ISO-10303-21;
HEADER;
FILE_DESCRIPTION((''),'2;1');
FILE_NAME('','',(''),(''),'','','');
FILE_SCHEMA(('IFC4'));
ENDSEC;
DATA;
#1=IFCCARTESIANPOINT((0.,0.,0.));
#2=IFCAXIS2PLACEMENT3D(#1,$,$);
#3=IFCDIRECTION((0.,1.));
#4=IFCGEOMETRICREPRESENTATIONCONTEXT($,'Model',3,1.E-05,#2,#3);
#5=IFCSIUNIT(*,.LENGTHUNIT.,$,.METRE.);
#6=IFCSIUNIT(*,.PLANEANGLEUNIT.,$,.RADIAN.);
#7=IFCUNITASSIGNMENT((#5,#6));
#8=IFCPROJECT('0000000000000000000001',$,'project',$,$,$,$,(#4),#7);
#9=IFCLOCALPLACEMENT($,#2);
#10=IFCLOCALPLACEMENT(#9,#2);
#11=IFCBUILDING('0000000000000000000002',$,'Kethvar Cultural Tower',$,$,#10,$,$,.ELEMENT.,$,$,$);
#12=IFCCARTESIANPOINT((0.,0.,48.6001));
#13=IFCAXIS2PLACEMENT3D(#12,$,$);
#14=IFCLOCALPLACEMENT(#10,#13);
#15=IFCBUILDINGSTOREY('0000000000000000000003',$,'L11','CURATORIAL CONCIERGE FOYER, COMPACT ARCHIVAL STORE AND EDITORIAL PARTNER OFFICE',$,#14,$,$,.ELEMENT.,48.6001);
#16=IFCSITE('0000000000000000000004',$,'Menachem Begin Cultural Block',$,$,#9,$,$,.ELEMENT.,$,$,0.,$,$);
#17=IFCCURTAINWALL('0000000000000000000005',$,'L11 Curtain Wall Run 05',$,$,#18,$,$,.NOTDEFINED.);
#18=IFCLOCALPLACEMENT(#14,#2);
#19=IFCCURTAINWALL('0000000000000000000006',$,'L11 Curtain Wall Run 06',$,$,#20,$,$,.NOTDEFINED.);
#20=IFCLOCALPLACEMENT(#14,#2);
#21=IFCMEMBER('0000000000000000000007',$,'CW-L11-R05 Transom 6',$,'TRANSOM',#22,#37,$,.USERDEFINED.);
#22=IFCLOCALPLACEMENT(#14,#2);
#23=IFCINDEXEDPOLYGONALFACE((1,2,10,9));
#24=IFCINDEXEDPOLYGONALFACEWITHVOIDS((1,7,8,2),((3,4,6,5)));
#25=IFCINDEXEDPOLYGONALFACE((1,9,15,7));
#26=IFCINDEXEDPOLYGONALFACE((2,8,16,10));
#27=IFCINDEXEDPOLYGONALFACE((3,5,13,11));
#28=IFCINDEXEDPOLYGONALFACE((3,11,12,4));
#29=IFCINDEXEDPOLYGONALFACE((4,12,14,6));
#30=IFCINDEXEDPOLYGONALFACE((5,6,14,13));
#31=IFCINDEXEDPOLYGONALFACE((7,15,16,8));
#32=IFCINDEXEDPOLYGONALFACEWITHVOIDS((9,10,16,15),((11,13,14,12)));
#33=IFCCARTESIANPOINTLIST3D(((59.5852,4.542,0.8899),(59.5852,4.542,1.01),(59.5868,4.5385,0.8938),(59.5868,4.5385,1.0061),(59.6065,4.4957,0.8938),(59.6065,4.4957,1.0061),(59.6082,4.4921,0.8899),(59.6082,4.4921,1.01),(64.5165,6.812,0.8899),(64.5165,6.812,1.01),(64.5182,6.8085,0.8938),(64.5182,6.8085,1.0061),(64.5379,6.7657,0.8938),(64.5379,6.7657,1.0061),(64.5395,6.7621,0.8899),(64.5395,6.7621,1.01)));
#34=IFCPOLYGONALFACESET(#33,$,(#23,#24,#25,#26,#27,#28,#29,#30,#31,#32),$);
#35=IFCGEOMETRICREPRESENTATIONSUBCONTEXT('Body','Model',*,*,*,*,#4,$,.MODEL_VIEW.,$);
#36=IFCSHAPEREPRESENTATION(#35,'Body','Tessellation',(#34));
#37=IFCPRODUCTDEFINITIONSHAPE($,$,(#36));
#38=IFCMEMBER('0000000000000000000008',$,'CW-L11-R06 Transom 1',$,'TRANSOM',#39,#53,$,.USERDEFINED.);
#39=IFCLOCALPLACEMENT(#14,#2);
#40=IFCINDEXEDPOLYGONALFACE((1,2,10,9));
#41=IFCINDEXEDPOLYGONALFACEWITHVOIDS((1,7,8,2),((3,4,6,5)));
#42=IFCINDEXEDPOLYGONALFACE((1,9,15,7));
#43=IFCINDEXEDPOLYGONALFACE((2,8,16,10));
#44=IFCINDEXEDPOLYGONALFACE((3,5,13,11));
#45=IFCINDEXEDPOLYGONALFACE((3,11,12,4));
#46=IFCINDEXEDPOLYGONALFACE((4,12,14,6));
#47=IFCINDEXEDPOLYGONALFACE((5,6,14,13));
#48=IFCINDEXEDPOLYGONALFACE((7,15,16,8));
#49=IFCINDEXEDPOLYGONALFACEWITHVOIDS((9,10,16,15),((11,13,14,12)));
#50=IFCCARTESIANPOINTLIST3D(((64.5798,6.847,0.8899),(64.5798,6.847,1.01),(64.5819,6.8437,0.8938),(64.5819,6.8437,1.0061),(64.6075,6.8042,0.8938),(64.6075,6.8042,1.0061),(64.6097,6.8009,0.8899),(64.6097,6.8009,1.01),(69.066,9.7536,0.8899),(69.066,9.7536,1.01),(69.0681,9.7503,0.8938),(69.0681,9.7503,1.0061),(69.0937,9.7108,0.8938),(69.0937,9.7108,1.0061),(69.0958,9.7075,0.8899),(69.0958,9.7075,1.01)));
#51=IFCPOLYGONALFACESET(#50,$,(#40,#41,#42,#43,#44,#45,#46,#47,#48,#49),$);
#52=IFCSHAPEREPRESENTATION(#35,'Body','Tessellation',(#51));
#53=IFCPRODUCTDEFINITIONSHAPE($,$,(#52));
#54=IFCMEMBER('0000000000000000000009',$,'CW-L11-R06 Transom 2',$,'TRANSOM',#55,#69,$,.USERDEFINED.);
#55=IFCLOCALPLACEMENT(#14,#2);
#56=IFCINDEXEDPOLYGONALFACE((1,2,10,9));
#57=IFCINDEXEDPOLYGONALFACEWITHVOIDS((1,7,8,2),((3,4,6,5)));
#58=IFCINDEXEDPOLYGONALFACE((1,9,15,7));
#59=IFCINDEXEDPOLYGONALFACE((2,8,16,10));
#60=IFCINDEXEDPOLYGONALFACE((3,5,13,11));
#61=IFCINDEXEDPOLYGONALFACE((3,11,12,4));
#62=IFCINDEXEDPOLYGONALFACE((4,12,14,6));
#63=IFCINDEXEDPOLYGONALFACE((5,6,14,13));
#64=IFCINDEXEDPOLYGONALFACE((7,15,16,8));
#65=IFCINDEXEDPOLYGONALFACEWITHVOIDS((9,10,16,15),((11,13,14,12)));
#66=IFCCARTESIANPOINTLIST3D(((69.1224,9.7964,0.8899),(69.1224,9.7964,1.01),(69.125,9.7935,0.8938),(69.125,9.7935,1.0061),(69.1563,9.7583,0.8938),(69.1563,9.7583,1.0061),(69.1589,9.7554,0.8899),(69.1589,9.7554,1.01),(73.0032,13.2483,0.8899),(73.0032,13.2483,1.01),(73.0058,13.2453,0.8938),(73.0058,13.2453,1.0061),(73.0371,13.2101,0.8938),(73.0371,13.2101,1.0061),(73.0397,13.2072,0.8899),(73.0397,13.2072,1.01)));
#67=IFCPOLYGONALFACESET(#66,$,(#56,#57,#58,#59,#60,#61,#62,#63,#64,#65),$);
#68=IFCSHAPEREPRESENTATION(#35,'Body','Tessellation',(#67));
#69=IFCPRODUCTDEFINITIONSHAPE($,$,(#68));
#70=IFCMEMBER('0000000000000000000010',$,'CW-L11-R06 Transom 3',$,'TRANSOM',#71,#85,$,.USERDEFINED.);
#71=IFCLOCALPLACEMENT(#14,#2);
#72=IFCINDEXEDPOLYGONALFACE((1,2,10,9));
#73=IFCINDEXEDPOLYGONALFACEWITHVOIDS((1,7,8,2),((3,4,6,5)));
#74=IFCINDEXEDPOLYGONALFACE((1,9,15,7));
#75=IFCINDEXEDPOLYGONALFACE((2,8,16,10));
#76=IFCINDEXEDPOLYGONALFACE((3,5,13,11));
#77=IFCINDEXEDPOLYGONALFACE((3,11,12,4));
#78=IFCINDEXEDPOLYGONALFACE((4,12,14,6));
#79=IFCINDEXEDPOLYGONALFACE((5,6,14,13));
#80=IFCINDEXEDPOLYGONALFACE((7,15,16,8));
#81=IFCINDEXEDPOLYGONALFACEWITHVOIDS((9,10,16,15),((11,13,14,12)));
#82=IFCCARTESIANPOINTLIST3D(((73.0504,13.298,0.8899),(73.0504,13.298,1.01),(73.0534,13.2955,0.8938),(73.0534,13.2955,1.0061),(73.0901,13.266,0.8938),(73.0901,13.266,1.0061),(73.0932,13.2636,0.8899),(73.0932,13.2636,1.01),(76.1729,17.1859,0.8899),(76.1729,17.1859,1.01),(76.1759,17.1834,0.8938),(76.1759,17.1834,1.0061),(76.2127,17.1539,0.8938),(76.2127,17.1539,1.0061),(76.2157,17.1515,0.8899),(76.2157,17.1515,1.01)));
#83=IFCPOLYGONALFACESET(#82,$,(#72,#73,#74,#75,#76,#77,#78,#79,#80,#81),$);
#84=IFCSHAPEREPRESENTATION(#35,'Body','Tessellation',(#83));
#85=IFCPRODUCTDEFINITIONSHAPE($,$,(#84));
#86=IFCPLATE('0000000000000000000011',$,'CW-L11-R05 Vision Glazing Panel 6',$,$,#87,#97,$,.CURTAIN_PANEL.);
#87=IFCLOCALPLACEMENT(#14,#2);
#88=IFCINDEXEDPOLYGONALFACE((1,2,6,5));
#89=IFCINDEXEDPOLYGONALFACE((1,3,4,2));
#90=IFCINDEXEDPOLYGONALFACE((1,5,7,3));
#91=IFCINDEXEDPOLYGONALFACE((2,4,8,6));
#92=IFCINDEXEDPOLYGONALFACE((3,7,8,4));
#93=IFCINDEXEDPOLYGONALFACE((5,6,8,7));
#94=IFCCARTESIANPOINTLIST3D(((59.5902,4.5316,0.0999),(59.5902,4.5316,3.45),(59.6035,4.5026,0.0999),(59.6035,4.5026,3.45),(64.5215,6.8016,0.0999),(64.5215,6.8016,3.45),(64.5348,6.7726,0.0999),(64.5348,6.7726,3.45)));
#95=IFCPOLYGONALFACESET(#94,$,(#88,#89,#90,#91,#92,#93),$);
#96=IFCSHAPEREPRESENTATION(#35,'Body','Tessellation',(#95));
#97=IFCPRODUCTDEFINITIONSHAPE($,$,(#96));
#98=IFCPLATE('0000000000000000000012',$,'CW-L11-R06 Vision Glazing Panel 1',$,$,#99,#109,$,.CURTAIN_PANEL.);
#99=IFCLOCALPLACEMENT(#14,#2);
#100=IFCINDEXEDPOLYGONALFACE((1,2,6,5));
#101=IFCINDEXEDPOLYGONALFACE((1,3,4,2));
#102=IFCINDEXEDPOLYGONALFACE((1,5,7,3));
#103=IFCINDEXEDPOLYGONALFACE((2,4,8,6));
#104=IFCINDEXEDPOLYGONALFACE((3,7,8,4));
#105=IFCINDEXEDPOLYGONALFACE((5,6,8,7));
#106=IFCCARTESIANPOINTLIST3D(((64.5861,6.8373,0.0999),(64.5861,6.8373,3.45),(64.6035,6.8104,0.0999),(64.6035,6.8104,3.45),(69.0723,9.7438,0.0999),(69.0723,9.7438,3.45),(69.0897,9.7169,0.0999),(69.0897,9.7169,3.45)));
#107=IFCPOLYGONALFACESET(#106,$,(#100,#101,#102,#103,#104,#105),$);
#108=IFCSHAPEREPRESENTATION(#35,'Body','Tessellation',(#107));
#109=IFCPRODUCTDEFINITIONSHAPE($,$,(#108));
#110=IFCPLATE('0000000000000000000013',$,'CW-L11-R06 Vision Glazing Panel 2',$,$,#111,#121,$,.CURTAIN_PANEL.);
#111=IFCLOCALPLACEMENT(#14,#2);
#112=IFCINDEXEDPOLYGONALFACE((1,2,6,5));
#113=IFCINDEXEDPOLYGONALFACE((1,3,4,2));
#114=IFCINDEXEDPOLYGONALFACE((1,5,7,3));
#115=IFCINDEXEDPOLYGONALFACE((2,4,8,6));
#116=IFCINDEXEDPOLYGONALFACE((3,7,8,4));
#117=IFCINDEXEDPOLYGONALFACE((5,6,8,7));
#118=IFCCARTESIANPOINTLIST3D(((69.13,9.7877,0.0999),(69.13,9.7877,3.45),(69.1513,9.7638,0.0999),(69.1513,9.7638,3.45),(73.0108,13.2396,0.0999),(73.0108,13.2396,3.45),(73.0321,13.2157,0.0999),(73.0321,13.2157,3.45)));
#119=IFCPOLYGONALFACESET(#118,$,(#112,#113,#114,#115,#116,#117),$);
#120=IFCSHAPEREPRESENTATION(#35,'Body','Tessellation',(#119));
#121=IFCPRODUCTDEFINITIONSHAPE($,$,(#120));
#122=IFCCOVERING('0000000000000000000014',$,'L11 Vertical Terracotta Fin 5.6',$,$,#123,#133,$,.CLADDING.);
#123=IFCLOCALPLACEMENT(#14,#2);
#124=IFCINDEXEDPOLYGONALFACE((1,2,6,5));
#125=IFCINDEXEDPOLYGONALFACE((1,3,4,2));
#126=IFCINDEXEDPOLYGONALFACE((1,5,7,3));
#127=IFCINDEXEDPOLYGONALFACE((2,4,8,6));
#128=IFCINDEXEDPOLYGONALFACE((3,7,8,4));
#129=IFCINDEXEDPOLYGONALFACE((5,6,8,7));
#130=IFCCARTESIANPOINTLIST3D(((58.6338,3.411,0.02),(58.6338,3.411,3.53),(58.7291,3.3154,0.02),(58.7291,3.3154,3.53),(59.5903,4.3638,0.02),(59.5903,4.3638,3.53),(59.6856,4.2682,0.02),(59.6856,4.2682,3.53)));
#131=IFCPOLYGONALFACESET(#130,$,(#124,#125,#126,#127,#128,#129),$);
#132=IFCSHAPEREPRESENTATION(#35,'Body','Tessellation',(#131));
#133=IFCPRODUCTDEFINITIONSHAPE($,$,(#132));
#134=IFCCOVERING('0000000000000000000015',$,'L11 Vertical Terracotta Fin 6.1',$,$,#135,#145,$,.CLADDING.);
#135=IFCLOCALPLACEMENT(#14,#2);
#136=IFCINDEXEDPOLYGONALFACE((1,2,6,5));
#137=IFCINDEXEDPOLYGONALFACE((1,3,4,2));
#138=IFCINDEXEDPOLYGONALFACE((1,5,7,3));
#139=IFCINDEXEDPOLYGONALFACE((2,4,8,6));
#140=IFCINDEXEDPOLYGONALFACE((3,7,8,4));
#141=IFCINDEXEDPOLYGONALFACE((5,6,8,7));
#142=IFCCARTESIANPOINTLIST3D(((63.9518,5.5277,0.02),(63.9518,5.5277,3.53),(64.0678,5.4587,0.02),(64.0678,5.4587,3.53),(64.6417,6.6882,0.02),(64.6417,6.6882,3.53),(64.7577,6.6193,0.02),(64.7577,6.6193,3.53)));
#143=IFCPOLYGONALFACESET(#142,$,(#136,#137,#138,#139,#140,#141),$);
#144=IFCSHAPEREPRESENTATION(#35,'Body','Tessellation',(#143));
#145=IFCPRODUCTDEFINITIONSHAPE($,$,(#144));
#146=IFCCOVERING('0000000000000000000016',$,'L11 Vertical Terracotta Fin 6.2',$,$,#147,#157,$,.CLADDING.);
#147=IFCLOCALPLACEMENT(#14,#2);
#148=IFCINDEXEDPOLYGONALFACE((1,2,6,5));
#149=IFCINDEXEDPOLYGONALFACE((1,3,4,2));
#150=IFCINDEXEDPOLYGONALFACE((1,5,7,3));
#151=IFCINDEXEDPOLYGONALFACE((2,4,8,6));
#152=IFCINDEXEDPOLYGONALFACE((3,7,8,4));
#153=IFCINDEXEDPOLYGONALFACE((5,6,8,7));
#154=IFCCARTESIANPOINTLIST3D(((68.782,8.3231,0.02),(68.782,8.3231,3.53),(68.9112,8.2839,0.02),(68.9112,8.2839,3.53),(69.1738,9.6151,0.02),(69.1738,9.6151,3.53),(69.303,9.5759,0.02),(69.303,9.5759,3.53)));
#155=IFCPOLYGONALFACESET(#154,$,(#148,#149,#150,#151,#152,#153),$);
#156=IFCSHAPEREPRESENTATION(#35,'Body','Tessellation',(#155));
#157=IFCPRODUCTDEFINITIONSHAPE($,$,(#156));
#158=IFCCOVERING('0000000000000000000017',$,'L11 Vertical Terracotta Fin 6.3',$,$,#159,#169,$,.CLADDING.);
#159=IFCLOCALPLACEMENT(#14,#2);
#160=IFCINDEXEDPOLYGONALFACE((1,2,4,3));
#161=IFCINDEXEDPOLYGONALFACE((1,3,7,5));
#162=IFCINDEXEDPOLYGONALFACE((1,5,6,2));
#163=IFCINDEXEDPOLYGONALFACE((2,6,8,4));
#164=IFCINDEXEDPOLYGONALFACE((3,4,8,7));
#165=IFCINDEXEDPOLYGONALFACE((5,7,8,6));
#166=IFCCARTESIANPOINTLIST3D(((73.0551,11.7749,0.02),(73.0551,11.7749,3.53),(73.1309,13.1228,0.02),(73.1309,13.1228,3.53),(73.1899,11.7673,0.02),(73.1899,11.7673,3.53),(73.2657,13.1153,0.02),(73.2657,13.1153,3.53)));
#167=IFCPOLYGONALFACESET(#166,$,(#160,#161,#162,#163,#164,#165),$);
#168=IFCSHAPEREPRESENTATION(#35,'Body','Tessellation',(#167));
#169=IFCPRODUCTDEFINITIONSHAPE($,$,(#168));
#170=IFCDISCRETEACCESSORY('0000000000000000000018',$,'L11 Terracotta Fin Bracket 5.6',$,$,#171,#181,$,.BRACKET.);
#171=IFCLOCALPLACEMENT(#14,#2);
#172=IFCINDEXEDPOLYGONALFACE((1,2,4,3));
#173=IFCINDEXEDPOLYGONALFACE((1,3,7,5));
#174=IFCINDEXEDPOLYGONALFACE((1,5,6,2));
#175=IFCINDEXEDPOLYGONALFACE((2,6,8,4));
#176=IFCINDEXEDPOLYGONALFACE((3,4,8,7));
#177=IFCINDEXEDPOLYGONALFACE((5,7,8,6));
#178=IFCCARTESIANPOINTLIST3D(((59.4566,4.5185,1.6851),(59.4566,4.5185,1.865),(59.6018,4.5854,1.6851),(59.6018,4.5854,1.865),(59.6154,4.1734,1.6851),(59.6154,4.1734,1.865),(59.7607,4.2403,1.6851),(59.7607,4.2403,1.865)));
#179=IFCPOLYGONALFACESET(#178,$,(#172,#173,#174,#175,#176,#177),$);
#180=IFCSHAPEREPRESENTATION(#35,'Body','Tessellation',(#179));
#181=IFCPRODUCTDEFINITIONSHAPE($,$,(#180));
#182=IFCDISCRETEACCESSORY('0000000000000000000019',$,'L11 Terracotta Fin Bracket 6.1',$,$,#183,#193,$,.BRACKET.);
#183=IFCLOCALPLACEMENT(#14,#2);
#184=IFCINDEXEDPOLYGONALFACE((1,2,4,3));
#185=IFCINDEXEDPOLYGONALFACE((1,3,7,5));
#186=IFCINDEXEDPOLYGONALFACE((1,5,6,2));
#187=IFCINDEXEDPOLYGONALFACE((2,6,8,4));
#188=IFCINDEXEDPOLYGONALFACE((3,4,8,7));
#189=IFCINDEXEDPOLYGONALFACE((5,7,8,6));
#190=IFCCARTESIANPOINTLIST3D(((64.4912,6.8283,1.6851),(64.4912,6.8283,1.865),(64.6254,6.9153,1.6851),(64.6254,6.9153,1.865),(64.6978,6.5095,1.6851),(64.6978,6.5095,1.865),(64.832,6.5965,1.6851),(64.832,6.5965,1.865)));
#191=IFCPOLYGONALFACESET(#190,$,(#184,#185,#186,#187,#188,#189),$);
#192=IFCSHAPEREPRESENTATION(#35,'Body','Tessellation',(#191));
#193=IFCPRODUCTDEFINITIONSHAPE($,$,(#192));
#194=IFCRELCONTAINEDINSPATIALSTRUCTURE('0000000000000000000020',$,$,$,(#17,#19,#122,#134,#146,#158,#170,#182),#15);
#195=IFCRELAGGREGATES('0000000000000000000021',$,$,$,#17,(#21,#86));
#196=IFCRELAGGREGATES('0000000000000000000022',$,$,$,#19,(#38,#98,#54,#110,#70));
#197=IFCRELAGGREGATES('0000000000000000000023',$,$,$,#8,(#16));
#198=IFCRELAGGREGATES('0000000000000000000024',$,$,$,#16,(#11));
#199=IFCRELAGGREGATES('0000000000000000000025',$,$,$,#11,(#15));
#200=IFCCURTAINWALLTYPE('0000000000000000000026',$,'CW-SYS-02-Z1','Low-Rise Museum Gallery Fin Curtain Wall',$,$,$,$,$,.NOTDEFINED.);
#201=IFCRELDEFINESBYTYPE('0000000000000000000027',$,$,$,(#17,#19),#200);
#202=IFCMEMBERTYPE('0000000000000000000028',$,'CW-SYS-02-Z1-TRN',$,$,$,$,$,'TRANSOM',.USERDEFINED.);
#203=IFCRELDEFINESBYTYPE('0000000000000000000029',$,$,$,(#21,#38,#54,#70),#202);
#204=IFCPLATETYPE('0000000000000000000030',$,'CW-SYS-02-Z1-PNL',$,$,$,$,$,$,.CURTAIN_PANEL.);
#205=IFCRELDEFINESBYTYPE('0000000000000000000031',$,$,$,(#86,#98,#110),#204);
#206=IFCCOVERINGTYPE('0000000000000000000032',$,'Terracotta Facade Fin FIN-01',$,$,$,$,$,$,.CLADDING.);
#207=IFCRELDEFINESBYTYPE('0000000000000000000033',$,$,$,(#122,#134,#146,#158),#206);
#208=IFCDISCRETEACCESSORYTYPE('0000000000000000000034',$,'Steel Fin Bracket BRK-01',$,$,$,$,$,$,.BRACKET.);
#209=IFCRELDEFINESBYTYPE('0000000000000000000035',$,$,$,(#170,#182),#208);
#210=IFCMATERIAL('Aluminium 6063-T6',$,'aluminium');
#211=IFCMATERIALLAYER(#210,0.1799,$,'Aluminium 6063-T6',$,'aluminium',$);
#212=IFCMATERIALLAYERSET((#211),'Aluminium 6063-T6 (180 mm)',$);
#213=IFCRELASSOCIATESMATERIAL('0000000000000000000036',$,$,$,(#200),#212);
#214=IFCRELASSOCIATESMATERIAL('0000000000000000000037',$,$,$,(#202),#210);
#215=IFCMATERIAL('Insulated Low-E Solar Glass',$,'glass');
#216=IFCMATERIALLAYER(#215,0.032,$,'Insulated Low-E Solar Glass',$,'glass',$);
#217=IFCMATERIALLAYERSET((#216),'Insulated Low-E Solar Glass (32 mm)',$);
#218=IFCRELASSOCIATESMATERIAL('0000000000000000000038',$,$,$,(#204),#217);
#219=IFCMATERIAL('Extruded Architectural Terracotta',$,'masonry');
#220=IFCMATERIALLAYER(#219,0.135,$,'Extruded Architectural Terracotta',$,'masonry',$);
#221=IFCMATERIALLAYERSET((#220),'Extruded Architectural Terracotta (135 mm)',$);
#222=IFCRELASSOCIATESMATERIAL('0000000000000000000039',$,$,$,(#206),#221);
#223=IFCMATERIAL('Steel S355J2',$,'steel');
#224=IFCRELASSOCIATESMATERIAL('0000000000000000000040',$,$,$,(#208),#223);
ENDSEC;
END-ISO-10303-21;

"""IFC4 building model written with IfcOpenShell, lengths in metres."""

from ifc_helpers import new_model, si_unit, direction, frame, origin, origin_2d, place, context, subcontext, project, spatial, rectangle, hollow_rectangle, extrude, source, transform, mapped, material, layer, layer_set, material_profile, profile_set, type_object, element, aggregate, save


model = new_model("IFC4")

# Units and contexts
model_context = context("Model", 3, precision=1e-05, world=origin(), true_north=direction((0.0, 1.0)))
body_context = subcontext(model_context, "Body", "Model", "MODEL_VIEW")
ifc_project = project(units=[si_unit("LENGTHUNIT", "METRE"), si_unit("PLANEANGLEUNIT", "RADIAN")], contexts=[model_context])

# Site, building, storey
site_placement = place(None, origin())
site = spatial("IfcSite", under=ifc_project, at=site_placement, Name="Menachem Begin Cultural Block", CompositionType="ELEMENT", RefElevation=0.0)
building_placement = place(site_placement, origin())
building = spatial("IfcBuilding", under=site, at=building_placement, Name="Kethvar Cultural Tower", CompositionType="ELEMENT")
storey_placement = place(building_placement, frame((0.0, 0.0, 48.6001)))
storey = spatial("IfcBuildingStorey", under=building, at=storey_placement, Name="L11", Description="CURATORIAL CONCIERGE FOYER, COMPACT ARCHIVAL STORE AND EDITORIAL PARTNER OFFICE", CompositionType="ELEMENT", Elevation=48.6001)

# Shared definitions
ifc_material_1 = material(Name="Steel S355J2", Category="steel")

# Curtain walls
ifc_material_2 = material(Name="Aluminium 6063-T6", Category="aluminium")
ifc_layer_1 = layer(ifc_material_2, 0.1799, Name="Aluminium 6063-T6", Category="aluminium")
ifc_layer_set_1 = layer_set([ifc_layer_1], Name="Aluminium 6063-T6 (180 mm)")
curtain_wall_type = type_object("IfcCurtainWallType", Name="CW-SYS-02-Z1", Description="Low-Rise Museum Gallery Fin Curtain Wall", PredefinedType="NOTDEFINED", material=ifc_layer_set_1)
curtain_wall_1_placement = place(storey_placement, origin())
curtain_wall_1 = element("IfcCurtainWall", 1, at=curtain_wall_1_placement, inside=storey, type_object=curtain_wall_type, Name="L11 Curtain Wall Run 05", PredefinedType="NOTDEFINED")
curtain_wall_2_placement = place(storey_placement, origin())
curtain_wall_2 = element("IfcCurtainWall", 2, at=curtain_wall_2_placement, inside=storey, type_object=curtain_wall_type, Name="L11 Curtain Wall Run 06", PredefinedType="NOTDEFINED")

# Members
ifc_material_profile_1 = material_profile(ifc_material_2, hollow_rectangle(XDim=0.0549, YDim=0.1201, WallThickness=0.0039, at=origin_2d()), Name="Aluminium 6063-T6 — RHS120x55x4")
ifc_profile_set_1 = profile_set([ifc_material_profile_1], Name="Aluminium 6063-T6 — RHS120x55x4")
member_type_1 = type_object("IfcMemberType", Name="CW-SYS-02-Z1-TRN", ElementType="TRANSOM", PredefinedType="USERDEFINED", material=ifc_profile_set_1)
shared_shape_1 = source(origin(), body_context, "Body", "SweptSolid", [
    extrude(hollow_rectangle(XDim=0.0549, YDim=0.1201, WallThickness=0.0039, at=origin_2d()), origin(), (0.0, 0.0, 1.0), 5.4287),
])
member_1_placement = place(storey_placement, frame((59.5967, 4.5171, 0.95), z_axis=(0.90838, 0.418145, 0.0), x_axis=(-0.418145, 0.90838, 0.0)))
member_1 = element("IfcMember", 3, at=member_1_placement, type_object=member_type_1, Name="CW-L11-R05 Transom 6", ObjectType="TRANSOM", PredefinedType="USERDEFINED", context=body_context, shape_type="MappedRepresentation", body=[
    mapped(shared_shape_1, transform((0.0, 0.0, 0.0), scale=1.0)),
])
shared_shape_2 = source(origin(), body_context, "Body", "SweptSolid", [
    extrude(hollow_rectangle(XDim=0.0549, YDim=0.1201, WallThickness=0.0039, at=origin_2d()), origin(), (0.0, 0.0, 1.0), 5.3455),
])
member_2_placement = place(storey_placement, frame((64.5947, 6.824, 0.95), z_axis=(0.839251, 0.543744, 0.0), x_axis=(-0.543744, 0.839251, 0.0)))
member_2 = element("IfcMember", 4, at=member_2_placement, type_object=member_type_1, Name="CW-L11-R06 Transom 1", ObjectType="TRANSOM", PredefinedType="USERDEFINED", context=body_context, shape_type="MappedRepresentation", body=[
    mapped(shared_shape_2, transform((0.0, 0.0, 0.0), scale=1.0)),
])
shared_shape_3 = source(origin(), body_context, "Body", "SweptSolid", [
    extrude(hollow_rectangle(XDim=0.0549, YDim=0.1201, WallThickness=0.0039, at=origin_2d()), origin(), (0.0, 0.0, 1.0), 5.1938),
])
member_3_placement = place(storey_placement, frame((69.1406, 9.7759, 0.95), z_axis=(0.747194, 0.664606, 0.0), x_axis=(-0.664606, 0.747194, 0.0)))
member_3 = element("IfcMember", 5, at=member_3_placement, type_object=member_type_1, Name="CW-L11-R06 Transom 2", ObjectType="TRANSOM", PredefinedType="USERDEFINED", context=body_context, shape_type="MappedRepresentation", body=[
    mapped(shared_shape_3, transform((0.0, 0.0, 0.0), scale=1.0)),
])
shared_shape_4 = source(origin(), body_context, "Body", "SweptSolid", [
    extrude(hollow_rectangle(XDim=0.0549, YDim=0.1201, WallThickness=0.0039, at=origin_2d()), origin(), (0.0, 0.0, 1.0), 4.9866),
])
member_4_placement = place(storey_placement, frame((73.0718, 13.2808, 0.95), z_axis=(0.626187, 0.779673, 0.0), x_axis=(-0.779673, 0.626187, 0.0)))
member_4 = element("IfcMember", 6, at=member_4_placement, type_object=member_type_1, Name="CW-L11-R06 Transom 3", ObjectType="TRANSOM", PredefinedType="USERDEFINED", context=body_context, shape_type="MappedRepresentation", body=[
    mapped(shared_shape_4, transform((0.0, 0.0, 0.0), scale=1.0)),
])

# Plates
ifc_material_3 = material(Name="Insulated Low-E Solar Glass", Category="glass")
ifc_layer_2 = layer(ifc_material_3, 0.032, Name="Insulated Low-E Solar Glass", Category="glass")
ifc_layer_set_2 = layer_set([ifc_layer_2], Name="Insulated Low-E Solar Glass (32 mm)")
plate_type = type_object("IfcPlateType", Name="CW-SYS-02-Z1-PNL", PredefinedType="CURTAIN_PANEL", material=ifc_layer_set_2)
shared_shape_5 = source(origin(), body_context, "Body", "SweptSolid", [
    extrude(rectangle(XDim=5.4287, YDim=0.032, at=origin_2d()), origin(), (0.0, 0.0, 1.0), 3.3501),
])
plate_1_placement = place(storey_placement, frame((62.0625, 5.6521, 0.0999), z_axis=(0.0, 0.0, 1.0), x_axis=(0.908377, 0.418152, 0.0)))
plate_1 = element("IfcPlate", 7, at=plate_1_placement, type_object=plate_type, Name="CW-L11-R05 Vision Glazing Panel 6", PredefinedType="CURTAIN_PANEL", context=body_context, shape_type="MappedRepresentation", body=[
    mapped(shared_shape_5, transform((0.0, 0.0, 0.0), scale=1.0)),
])
aggregate(curtain_wall_1, [member_1, plate_1])
shared_shape_6 = source(origin(), body_context, "Body", "SweptSolid", [
    extrude(rectangle(XDim=5.3455, YDim=0.032, at=origin_2d()), origin(), (0.0, 0.0, 1.0), 3.3501),
])
plate_2_placement = place(storey_placement, frame((66.8379, 8.2771, 0.0999), z_axis=(0.0, 0.0, 1.0), x_axis=(0.839259, 0.543731, 0.0)))
plate_2 = element("IfcPlate", 8, at=plate_2_placement, type_object=plate_type, Name="CW-L11-R06 Vision Glazing Panel 1", PredefinedType="CURTAIN_PANEL", context=body_context, shape_type="MappedRepresentation", body=[
    mapped(shared_shape_6, transform((0.0, 0.0, 0.0), scale=1.0)),
])
shared_shape_7 = source(origin(), body_context, "Body", "SweptSolid", [
    extrude(rectangle(XDim=5.1938, YDim=0.032, at=origin_2d()), origin(), (0.0, 0.0, 1.0), 3.3501),
])
plate_3_placement = place(storey_placement, frame((71.0811, 11.5017, 0.0999), z_axis=(0.0, 0.0, 1.0), x_axis=(0.747195, 0.664605, 0.0)))
plate_3 = element("IfcPlate", 9, at=plate_3_placement, type_object=plate_type, Name="CW-L11-R06 Vision Glazing Panel 2", PredefinedType="CURTAIN_PANEL", context=body_context, shape_type="MappedRepresentation", body=[
    mapped(shared_shape_7, transform((0.0, 0.0, 0.0), scale=1.0)),
])
aggregate(curtain_wall_2, [member_2, plate_2, member_3, plate_3, member_4])

# Coverings
ifc_material_4 = material(Name="Extruded Architectural Terracotta", Category="masonry")
ifc_layer_3 = layer(ifc_material_4, 0.135, Name="Extruded Architectural Terracotta", Category="masonry")
ifc_layer_set_3 = layer_set([ifc_layer_3], Name="Extruded Architectural Terracotta (135 mm)")
covering_type = type_object("IfcCoveringType", Name="Terracotta Facade Fin FIN-01", PredefinedType="CLADDING", material=ifc_layer_set_3)
shared_shape_8 = source(origin(), body_context, "Body", "SweptSolid", [
    extrude(rectangle(XDim=1.3501, YDim=0.135, at=origin_2d()), origin(), (0.0, 0.0, 1.0), 3.51),
])
for number, where, z_axis, x_axis, name in (
    (10, (59.1597, 3.8396, 0.02), (0.0, 0.0, 1.0), (-0.708463, -0.705748, 0.0), "L11 Vertical Terracotta Fin 5.6"),
    (11, (64.3547, 6.0735, 0.02), (0.0, 0.0, 1.0), (-0.510993, -0.859585, 0.0), "L11 Vertical Terracotta Fin 6.1"),
    (12, (69.0425, 8.9495, 0.02), (0.0, 0.0, 1.0), (-0.290201, -0.956966, 0.0), "L11 Vertical Terracotta Fin 6.2"),
    (13, (73.1604, 12.4451, 0.02), (0.0, 0.0, 1.0), (-0.05617, -0.998421, 0.0), "L11 Vertical Terracotta Fin 6.3"),
):
    element("IfcCovering", number, at=place(storey_placement, frame(where, z_axis=z_axis, x_axis=x_axis)), inside=storey, type_object=covering_type, Name=name, PredefinedType="CLADDING", context=body_context, shape_type="MappedRepresentation", body=[
        mapped(shared_shape_8, transform((0.0, 0.0, 0.0), scale=1.0)),
    ])

# Discrete accessories
discrete_accessory_type = type_object("IfcDiscreteAccessoryType", Name="Steel Fin Bracket BRK-01", PredefinedType="BRACKET", material=ifc_material_1)
shared_shape_9 = source(origin(), body_context, "Body", "SweptSolid", [
    extrude(rectangle(XDim=0.3799, YDim=0.1599, at=origin_2d()), origin(), (0.0, 0.0, 1.0), 0.1799),
])
for number, where, z_axis, x_axis, name in (
    (14, (59.6086, 4.3794, 1.6851), (0.0, 0.0, 1.0), (0.418184, -0.908362, 0.0), "L11 Terracotta Fin Bracket 5.6"),
    (15, (64.6616, 6.7124, 1.6851), (0.0, 0.0, 1.0), (0.54376, -0.83924, 0.0), "L11 Terracotta Fin Bracket 6.1"),
):
    element("IfcDiscreteAccessory", number, at=place(storey_placement, frame(where, z_axis=z_axis, x_axis=x_axis)), inside=storey, type_object=discrete_accessory_type, Name=name, PredefinedType="BRACKET", context=body_context, shape_type="MappedRepresentation", body=[
        mapped(shared_shape_9, transform((0.0, 0.0, 0.0), scale=1.0)),
    ])

save(model, "model.ifc")
